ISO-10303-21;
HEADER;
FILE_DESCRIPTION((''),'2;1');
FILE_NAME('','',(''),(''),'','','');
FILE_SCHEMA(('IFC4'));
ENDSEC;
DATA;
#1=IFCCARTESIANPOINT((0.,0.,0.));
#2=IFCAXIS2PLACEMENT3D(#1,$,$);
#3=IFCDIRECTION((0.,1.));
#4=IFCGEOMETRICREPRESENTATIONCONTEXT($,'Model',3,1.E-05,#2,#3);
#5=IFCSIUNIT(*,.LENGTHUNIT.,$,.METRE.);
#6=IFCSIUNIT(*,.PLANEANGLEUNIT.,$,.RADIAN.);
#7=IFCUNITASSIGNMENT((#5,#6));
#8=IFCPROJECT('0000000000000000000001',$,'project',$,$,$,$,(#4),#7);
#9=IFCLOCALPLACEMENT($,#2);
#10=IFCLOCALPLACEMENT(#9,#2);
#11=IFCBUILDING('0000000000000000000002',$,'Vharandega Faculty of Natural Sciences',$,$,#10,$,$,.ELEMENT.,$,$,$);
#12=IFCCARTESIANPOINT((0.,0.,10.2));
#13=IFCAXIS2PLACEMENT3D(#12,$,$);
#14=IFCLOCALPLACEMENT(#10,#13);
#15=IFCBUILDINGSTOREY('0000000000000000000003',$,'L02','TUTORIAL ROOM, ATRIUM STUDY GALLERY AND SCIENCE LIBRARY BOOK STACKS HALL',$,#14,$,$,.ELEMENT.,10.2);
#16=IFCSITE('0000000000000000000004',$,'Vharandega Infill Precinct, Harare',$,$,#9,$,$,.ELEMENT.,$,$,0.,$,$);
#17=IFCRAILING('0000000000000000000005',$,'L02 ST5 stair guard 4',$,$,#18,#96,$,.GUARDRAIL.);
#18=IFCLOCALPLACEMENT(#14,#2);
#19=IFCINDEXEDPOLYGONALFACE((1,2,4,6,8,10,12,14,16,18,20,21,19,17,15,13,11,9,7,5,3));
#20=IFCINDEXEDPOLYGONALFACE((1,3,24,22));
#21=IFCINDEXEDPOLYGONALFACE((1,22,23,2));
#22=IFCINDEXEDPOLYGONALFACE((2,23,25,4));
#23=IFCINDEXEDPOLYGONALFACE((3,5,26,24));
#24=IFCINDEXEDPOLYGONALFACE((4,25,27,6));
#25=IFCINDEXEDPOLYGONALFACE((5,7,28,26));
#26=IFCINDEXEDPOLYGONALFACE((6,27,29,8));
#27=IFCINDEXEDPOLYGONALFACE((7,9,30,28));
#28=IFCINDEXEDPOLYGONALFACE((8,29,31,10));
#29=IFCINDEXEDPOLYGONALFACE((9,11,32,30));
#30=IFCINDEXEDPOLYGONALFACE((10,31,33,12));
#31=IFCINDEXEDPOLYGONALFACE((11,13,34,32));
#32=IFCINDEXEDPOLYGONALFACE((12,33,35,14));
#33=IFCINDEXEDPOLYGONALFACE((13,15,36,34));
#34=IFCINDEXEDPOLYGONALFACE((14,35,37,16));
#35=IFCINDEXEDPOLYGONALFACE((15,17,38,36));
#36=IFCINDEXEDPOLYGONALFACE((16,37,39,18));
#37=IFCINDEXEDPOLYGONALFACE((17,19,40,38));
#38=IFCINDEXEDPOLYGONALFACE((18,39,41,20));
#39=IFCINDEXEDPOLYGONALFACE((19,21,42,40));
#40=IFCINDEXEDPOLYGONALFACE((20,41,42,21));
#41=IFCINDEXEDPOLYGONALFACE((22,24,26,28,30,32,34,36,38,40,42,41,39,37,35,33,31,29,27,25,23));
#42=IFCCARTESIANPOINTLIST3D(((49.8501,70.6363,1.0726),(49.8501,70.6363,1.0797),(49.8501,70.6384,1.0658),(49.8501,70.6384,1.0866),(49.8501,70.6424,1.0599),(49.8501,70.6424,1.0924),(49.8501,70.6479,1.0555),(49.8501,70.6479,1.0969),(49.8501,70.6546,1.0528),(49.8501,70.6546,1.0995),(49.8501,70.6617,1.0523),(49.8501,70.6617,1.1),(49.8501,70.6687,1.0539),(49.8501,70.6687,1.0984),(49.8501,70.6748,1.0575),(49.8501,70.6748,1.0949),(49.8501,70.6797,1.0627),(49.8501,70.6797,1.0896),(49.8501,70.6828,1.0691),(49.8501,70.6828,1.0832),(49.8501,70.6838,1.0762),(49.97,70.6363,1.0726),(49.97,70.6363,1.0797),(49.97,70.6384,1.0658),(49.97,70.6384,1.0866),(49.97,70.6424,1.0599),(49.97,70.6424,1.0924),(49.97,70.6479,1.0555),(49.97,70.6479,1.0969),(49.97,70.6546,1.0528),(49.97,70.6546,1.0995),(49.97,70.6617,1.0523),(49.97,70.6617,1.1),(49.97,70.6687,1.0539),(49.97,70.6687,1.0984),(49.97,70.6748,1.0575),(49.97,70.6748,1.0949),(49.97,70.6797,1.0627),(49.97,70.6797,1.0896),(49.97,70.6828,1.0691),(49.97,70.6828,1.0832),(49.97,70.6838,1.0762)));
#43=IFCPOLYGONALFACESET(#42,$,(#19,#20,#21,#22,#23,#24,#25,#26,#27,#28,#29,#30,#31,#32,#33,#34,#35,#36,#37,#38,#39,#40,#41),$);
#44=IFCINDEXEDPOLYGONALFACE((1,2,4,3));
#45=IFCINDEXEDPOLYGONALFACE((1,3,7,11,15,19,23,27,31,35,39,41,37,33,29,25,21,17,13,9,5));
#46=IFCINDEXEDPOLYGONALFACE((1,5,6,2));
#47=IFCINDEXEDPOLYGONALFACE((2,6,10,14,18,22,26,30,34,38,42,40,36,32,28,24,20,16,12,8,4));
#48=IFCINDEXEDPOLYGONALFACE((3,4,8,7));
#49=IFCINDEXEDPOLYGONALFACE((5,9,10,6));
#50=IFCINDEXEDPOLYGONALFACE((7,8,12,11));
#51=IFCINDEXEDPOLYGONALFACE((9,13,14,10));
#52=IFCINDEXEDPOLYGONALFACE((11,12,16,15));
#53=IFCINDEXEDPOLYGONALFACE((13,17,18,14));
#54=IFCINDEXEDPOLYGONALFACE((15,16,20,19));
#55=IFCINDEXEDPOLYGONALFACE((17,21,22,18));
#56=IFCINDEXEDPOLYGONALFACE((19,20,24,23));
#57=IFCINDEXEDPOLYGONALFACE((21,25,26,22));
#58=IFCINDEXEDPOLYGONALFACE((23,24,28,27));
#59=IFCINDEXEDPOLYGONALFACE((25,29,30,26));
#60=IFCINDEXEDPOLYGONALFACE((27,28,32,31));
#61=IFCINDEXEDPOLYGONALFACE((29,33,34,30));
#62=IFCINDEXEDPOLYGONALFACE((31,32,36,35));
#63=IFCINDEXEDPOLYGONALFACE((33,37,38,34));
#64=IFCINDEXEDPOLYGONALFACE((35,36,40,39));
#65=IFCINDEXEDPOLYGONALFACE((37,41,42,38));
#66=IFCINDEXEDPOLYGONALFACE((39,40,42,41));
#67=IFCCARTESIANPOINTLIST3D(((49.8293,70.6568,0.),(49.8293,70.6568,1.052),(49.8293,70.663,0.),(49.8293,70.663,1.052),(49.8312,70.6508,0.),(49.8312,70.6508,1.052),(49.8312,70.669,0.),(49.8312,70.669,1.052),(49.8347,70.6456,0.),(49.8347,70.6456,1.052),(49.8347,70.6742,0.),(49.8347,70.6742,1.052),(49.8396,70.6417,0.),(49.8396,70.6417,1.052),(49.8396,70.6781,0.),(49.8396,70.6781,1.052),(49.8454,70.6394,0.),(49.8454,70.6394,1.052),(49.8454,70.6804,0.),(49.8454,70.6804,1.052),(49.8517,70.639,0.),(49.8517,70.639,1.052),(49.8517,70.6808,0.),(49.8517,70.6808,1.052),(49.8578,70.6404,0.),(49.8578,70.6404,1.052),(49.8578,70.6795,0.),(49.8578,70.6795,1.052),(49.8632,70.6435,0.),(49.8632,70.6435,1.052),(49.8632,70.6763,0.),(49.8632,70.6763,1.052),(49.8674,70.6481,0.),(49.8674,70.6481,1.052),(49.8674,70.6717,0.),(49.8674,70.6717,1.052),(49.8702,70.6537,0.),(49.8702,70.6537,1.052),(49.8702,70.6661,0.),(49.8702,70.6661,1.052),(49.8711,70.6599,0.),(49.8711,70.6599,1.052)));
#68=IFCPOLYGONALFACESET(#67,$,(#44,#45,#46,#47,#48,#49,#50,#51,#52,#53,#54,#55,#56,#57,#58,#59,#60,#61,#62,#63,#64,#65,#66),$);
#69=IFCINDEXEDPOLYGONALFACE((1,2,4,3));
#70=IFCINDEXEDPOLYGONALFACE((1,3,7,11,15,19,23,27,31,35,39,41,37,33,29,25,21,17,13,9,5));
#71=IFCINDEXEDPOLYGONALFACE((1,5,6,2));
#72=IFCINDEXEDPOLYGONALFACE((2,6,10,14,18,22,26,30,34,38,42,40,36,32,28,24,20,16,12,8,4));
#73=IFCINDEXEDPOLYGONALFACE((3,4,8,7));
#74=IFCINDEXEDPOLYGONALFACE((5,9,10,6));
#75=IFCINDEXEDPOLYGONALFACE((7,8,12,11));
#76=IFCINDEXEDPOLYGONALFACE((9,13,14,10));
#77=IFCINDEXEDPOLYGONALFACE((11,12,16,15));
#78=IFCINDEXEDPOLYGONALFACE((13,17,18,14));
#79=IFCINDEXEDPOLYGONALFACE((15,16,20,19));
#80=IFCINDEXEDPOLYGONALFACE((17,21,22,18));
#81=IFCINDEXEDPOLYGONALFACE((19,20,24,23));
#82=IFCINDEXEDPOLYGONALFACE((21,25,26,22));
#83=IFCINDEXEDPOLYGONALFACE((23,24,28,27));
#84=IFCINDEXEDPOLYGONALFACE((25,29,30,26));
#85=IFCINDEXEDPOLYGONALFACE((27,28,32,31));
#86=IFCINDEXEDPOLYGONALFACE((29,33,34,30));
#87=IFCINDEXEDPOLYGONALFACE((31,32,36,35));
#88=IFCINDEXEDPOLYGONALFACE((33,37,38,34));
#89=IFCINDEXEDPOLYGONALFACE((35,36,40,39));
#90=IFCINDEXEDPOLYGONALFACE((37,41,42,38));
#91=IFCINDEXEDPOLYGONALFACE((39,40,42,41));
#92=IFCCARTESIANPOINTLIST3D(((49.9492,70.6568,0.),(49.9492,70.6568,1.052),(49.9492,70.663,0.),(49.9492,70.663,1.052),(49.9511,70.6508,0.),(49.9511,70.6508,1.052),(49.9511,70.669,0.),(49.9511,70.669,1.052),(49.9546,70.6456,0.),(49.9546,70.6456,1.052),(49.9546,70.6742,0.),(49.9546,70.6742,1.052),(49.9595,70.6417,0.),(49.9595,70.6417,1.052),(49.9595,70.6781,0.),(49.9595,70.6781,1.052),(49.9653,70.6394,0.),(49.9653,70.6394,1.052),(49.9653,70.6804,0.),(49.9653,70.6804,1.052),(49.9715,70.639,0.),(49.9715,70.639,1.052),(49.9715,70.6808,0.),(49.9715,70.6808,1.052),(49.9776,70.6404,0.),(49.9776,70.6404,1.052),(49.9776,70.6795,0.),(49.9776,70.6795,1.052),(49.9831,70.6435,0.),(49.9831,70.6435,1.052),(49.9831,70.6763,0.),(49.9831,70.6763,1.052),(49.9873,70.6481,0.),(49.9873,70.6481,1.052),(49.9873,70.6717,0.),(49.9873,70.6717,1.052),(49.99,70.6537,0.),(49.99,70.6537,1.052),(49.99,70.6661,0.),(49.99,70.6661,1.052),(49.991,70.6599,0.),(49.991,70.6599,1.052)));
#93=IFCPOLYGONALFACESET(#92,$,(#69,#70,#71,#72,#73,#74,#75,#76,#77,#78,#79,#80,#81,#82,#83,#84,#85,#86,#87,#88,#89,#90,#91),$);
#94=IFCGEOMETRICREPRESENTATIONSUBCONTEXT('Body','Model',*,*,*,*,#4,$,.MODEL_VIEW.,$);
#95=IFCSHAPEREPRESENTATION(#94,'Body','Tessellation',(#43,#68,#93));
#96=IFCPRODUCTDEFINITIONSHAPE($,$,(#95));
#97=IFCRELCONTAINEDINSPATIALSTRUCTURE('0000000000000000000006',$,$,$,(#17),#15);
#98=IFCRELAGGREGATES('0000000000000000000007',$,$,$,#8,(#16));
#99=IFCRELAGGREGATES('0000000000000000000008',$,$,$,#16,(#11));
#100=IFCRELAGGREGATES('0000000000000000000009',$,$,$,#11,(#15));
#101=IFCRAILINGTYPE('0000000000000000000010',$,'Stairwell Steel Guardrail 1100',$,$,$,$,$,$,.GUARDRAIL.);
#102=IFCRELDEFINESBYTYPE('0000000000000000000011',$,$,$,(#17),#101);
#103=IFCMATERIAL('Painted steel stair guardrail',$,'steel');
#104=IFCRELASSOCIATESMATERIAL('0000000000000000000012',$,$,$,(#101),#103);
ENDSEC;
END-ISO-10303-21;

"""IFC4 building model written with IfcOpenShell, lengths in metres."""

from ifc_helpers import new_model, si_unit, direction, frame, origin, origin_2d, place, context, subcontext, project, spatial, circle, extrude, material, type_object, element, save


model = new_model("IFC4")

# Units and contexts
model_context = context("Model", 3, precision=1e-05, world=origin(), true_north=direction((0.0, 1.0)))
body_context = subcontext(model_context, "Body", "Model", "MODEL_VIEW")
ifc_project = project(units=[si_unit("LENGTHUNIT", "METRE"), si_unit("PLANEANGLEUNIT", "RADIAN")], contexts=[model_context])

# Site, building, storey
site_placement = place(None, origin())
site = spatial("IfcSite", under=ifc_project, at=site_placement, Name="Vharandega Infill Precinct, Harare", CompositionType="ELEMENT", RefElevation=0.0)
building_placement = place(site_placement, origin())
building = spatial("IfcBuilding", under=site, at=building_placement, Name="Vharandega Faculty of Natural Sciences", CompositionType="ELEMENT")
storey_placement = place(building_placement, frame((0.0, 0.0, 10.2)))
storey = spatial("IfcBuildingStorey", under=building, at=storey_placement, Name="L02", Description="TUTORIAL ROOM, ATRIUM STUDY GALLERY AND SCIENCE LIBRARY BOOK STACKS HALL", CompositionType="ELEMENT", Elevation=10.2)

# Railing
ifc_material_1 = material(Name="Painted steel stair guardrail", Category="steel")
railing_type_1 = type_object("IfcRailingType", Name="Stairwell Steel Guardrail 1100", PredefinedType="GUARDRAIL", material=ifc_material_1)
railing_1_placement = place(storey_placement, frame((49.8501, 70.6599, 0.0)))
element("IfcRailing", 1, at=railing_1_placement, inside=storey, type_object=railing_type_1, Name="L02 ST5 stair guard 4", PredefinedType="GUARDRAIL", context=body_context, shape_type="SweptSolid", body=[
    extrude(circle(Radius=0.0239, at=origin_2d()), frame((0.0, 0.0, 1.0762), z_axis=(1.0, 0.0, 0.0), x_axis=(0.0, 1.0, 0.0)), (0.0, 0.0, 1.0), 0.1199),
    extrude(circle(Radius=0.021, at=origin_2d()), origin(), (0.0, 0.0, 1.0), 1.052),
    extrude(circle(Radius=0.021, at=origin_2d()), frame((0.1199, 0.0, 0.0)), (0.0, 0.0, 1.0), 1.052),
])

save(model, "model.ifc")
